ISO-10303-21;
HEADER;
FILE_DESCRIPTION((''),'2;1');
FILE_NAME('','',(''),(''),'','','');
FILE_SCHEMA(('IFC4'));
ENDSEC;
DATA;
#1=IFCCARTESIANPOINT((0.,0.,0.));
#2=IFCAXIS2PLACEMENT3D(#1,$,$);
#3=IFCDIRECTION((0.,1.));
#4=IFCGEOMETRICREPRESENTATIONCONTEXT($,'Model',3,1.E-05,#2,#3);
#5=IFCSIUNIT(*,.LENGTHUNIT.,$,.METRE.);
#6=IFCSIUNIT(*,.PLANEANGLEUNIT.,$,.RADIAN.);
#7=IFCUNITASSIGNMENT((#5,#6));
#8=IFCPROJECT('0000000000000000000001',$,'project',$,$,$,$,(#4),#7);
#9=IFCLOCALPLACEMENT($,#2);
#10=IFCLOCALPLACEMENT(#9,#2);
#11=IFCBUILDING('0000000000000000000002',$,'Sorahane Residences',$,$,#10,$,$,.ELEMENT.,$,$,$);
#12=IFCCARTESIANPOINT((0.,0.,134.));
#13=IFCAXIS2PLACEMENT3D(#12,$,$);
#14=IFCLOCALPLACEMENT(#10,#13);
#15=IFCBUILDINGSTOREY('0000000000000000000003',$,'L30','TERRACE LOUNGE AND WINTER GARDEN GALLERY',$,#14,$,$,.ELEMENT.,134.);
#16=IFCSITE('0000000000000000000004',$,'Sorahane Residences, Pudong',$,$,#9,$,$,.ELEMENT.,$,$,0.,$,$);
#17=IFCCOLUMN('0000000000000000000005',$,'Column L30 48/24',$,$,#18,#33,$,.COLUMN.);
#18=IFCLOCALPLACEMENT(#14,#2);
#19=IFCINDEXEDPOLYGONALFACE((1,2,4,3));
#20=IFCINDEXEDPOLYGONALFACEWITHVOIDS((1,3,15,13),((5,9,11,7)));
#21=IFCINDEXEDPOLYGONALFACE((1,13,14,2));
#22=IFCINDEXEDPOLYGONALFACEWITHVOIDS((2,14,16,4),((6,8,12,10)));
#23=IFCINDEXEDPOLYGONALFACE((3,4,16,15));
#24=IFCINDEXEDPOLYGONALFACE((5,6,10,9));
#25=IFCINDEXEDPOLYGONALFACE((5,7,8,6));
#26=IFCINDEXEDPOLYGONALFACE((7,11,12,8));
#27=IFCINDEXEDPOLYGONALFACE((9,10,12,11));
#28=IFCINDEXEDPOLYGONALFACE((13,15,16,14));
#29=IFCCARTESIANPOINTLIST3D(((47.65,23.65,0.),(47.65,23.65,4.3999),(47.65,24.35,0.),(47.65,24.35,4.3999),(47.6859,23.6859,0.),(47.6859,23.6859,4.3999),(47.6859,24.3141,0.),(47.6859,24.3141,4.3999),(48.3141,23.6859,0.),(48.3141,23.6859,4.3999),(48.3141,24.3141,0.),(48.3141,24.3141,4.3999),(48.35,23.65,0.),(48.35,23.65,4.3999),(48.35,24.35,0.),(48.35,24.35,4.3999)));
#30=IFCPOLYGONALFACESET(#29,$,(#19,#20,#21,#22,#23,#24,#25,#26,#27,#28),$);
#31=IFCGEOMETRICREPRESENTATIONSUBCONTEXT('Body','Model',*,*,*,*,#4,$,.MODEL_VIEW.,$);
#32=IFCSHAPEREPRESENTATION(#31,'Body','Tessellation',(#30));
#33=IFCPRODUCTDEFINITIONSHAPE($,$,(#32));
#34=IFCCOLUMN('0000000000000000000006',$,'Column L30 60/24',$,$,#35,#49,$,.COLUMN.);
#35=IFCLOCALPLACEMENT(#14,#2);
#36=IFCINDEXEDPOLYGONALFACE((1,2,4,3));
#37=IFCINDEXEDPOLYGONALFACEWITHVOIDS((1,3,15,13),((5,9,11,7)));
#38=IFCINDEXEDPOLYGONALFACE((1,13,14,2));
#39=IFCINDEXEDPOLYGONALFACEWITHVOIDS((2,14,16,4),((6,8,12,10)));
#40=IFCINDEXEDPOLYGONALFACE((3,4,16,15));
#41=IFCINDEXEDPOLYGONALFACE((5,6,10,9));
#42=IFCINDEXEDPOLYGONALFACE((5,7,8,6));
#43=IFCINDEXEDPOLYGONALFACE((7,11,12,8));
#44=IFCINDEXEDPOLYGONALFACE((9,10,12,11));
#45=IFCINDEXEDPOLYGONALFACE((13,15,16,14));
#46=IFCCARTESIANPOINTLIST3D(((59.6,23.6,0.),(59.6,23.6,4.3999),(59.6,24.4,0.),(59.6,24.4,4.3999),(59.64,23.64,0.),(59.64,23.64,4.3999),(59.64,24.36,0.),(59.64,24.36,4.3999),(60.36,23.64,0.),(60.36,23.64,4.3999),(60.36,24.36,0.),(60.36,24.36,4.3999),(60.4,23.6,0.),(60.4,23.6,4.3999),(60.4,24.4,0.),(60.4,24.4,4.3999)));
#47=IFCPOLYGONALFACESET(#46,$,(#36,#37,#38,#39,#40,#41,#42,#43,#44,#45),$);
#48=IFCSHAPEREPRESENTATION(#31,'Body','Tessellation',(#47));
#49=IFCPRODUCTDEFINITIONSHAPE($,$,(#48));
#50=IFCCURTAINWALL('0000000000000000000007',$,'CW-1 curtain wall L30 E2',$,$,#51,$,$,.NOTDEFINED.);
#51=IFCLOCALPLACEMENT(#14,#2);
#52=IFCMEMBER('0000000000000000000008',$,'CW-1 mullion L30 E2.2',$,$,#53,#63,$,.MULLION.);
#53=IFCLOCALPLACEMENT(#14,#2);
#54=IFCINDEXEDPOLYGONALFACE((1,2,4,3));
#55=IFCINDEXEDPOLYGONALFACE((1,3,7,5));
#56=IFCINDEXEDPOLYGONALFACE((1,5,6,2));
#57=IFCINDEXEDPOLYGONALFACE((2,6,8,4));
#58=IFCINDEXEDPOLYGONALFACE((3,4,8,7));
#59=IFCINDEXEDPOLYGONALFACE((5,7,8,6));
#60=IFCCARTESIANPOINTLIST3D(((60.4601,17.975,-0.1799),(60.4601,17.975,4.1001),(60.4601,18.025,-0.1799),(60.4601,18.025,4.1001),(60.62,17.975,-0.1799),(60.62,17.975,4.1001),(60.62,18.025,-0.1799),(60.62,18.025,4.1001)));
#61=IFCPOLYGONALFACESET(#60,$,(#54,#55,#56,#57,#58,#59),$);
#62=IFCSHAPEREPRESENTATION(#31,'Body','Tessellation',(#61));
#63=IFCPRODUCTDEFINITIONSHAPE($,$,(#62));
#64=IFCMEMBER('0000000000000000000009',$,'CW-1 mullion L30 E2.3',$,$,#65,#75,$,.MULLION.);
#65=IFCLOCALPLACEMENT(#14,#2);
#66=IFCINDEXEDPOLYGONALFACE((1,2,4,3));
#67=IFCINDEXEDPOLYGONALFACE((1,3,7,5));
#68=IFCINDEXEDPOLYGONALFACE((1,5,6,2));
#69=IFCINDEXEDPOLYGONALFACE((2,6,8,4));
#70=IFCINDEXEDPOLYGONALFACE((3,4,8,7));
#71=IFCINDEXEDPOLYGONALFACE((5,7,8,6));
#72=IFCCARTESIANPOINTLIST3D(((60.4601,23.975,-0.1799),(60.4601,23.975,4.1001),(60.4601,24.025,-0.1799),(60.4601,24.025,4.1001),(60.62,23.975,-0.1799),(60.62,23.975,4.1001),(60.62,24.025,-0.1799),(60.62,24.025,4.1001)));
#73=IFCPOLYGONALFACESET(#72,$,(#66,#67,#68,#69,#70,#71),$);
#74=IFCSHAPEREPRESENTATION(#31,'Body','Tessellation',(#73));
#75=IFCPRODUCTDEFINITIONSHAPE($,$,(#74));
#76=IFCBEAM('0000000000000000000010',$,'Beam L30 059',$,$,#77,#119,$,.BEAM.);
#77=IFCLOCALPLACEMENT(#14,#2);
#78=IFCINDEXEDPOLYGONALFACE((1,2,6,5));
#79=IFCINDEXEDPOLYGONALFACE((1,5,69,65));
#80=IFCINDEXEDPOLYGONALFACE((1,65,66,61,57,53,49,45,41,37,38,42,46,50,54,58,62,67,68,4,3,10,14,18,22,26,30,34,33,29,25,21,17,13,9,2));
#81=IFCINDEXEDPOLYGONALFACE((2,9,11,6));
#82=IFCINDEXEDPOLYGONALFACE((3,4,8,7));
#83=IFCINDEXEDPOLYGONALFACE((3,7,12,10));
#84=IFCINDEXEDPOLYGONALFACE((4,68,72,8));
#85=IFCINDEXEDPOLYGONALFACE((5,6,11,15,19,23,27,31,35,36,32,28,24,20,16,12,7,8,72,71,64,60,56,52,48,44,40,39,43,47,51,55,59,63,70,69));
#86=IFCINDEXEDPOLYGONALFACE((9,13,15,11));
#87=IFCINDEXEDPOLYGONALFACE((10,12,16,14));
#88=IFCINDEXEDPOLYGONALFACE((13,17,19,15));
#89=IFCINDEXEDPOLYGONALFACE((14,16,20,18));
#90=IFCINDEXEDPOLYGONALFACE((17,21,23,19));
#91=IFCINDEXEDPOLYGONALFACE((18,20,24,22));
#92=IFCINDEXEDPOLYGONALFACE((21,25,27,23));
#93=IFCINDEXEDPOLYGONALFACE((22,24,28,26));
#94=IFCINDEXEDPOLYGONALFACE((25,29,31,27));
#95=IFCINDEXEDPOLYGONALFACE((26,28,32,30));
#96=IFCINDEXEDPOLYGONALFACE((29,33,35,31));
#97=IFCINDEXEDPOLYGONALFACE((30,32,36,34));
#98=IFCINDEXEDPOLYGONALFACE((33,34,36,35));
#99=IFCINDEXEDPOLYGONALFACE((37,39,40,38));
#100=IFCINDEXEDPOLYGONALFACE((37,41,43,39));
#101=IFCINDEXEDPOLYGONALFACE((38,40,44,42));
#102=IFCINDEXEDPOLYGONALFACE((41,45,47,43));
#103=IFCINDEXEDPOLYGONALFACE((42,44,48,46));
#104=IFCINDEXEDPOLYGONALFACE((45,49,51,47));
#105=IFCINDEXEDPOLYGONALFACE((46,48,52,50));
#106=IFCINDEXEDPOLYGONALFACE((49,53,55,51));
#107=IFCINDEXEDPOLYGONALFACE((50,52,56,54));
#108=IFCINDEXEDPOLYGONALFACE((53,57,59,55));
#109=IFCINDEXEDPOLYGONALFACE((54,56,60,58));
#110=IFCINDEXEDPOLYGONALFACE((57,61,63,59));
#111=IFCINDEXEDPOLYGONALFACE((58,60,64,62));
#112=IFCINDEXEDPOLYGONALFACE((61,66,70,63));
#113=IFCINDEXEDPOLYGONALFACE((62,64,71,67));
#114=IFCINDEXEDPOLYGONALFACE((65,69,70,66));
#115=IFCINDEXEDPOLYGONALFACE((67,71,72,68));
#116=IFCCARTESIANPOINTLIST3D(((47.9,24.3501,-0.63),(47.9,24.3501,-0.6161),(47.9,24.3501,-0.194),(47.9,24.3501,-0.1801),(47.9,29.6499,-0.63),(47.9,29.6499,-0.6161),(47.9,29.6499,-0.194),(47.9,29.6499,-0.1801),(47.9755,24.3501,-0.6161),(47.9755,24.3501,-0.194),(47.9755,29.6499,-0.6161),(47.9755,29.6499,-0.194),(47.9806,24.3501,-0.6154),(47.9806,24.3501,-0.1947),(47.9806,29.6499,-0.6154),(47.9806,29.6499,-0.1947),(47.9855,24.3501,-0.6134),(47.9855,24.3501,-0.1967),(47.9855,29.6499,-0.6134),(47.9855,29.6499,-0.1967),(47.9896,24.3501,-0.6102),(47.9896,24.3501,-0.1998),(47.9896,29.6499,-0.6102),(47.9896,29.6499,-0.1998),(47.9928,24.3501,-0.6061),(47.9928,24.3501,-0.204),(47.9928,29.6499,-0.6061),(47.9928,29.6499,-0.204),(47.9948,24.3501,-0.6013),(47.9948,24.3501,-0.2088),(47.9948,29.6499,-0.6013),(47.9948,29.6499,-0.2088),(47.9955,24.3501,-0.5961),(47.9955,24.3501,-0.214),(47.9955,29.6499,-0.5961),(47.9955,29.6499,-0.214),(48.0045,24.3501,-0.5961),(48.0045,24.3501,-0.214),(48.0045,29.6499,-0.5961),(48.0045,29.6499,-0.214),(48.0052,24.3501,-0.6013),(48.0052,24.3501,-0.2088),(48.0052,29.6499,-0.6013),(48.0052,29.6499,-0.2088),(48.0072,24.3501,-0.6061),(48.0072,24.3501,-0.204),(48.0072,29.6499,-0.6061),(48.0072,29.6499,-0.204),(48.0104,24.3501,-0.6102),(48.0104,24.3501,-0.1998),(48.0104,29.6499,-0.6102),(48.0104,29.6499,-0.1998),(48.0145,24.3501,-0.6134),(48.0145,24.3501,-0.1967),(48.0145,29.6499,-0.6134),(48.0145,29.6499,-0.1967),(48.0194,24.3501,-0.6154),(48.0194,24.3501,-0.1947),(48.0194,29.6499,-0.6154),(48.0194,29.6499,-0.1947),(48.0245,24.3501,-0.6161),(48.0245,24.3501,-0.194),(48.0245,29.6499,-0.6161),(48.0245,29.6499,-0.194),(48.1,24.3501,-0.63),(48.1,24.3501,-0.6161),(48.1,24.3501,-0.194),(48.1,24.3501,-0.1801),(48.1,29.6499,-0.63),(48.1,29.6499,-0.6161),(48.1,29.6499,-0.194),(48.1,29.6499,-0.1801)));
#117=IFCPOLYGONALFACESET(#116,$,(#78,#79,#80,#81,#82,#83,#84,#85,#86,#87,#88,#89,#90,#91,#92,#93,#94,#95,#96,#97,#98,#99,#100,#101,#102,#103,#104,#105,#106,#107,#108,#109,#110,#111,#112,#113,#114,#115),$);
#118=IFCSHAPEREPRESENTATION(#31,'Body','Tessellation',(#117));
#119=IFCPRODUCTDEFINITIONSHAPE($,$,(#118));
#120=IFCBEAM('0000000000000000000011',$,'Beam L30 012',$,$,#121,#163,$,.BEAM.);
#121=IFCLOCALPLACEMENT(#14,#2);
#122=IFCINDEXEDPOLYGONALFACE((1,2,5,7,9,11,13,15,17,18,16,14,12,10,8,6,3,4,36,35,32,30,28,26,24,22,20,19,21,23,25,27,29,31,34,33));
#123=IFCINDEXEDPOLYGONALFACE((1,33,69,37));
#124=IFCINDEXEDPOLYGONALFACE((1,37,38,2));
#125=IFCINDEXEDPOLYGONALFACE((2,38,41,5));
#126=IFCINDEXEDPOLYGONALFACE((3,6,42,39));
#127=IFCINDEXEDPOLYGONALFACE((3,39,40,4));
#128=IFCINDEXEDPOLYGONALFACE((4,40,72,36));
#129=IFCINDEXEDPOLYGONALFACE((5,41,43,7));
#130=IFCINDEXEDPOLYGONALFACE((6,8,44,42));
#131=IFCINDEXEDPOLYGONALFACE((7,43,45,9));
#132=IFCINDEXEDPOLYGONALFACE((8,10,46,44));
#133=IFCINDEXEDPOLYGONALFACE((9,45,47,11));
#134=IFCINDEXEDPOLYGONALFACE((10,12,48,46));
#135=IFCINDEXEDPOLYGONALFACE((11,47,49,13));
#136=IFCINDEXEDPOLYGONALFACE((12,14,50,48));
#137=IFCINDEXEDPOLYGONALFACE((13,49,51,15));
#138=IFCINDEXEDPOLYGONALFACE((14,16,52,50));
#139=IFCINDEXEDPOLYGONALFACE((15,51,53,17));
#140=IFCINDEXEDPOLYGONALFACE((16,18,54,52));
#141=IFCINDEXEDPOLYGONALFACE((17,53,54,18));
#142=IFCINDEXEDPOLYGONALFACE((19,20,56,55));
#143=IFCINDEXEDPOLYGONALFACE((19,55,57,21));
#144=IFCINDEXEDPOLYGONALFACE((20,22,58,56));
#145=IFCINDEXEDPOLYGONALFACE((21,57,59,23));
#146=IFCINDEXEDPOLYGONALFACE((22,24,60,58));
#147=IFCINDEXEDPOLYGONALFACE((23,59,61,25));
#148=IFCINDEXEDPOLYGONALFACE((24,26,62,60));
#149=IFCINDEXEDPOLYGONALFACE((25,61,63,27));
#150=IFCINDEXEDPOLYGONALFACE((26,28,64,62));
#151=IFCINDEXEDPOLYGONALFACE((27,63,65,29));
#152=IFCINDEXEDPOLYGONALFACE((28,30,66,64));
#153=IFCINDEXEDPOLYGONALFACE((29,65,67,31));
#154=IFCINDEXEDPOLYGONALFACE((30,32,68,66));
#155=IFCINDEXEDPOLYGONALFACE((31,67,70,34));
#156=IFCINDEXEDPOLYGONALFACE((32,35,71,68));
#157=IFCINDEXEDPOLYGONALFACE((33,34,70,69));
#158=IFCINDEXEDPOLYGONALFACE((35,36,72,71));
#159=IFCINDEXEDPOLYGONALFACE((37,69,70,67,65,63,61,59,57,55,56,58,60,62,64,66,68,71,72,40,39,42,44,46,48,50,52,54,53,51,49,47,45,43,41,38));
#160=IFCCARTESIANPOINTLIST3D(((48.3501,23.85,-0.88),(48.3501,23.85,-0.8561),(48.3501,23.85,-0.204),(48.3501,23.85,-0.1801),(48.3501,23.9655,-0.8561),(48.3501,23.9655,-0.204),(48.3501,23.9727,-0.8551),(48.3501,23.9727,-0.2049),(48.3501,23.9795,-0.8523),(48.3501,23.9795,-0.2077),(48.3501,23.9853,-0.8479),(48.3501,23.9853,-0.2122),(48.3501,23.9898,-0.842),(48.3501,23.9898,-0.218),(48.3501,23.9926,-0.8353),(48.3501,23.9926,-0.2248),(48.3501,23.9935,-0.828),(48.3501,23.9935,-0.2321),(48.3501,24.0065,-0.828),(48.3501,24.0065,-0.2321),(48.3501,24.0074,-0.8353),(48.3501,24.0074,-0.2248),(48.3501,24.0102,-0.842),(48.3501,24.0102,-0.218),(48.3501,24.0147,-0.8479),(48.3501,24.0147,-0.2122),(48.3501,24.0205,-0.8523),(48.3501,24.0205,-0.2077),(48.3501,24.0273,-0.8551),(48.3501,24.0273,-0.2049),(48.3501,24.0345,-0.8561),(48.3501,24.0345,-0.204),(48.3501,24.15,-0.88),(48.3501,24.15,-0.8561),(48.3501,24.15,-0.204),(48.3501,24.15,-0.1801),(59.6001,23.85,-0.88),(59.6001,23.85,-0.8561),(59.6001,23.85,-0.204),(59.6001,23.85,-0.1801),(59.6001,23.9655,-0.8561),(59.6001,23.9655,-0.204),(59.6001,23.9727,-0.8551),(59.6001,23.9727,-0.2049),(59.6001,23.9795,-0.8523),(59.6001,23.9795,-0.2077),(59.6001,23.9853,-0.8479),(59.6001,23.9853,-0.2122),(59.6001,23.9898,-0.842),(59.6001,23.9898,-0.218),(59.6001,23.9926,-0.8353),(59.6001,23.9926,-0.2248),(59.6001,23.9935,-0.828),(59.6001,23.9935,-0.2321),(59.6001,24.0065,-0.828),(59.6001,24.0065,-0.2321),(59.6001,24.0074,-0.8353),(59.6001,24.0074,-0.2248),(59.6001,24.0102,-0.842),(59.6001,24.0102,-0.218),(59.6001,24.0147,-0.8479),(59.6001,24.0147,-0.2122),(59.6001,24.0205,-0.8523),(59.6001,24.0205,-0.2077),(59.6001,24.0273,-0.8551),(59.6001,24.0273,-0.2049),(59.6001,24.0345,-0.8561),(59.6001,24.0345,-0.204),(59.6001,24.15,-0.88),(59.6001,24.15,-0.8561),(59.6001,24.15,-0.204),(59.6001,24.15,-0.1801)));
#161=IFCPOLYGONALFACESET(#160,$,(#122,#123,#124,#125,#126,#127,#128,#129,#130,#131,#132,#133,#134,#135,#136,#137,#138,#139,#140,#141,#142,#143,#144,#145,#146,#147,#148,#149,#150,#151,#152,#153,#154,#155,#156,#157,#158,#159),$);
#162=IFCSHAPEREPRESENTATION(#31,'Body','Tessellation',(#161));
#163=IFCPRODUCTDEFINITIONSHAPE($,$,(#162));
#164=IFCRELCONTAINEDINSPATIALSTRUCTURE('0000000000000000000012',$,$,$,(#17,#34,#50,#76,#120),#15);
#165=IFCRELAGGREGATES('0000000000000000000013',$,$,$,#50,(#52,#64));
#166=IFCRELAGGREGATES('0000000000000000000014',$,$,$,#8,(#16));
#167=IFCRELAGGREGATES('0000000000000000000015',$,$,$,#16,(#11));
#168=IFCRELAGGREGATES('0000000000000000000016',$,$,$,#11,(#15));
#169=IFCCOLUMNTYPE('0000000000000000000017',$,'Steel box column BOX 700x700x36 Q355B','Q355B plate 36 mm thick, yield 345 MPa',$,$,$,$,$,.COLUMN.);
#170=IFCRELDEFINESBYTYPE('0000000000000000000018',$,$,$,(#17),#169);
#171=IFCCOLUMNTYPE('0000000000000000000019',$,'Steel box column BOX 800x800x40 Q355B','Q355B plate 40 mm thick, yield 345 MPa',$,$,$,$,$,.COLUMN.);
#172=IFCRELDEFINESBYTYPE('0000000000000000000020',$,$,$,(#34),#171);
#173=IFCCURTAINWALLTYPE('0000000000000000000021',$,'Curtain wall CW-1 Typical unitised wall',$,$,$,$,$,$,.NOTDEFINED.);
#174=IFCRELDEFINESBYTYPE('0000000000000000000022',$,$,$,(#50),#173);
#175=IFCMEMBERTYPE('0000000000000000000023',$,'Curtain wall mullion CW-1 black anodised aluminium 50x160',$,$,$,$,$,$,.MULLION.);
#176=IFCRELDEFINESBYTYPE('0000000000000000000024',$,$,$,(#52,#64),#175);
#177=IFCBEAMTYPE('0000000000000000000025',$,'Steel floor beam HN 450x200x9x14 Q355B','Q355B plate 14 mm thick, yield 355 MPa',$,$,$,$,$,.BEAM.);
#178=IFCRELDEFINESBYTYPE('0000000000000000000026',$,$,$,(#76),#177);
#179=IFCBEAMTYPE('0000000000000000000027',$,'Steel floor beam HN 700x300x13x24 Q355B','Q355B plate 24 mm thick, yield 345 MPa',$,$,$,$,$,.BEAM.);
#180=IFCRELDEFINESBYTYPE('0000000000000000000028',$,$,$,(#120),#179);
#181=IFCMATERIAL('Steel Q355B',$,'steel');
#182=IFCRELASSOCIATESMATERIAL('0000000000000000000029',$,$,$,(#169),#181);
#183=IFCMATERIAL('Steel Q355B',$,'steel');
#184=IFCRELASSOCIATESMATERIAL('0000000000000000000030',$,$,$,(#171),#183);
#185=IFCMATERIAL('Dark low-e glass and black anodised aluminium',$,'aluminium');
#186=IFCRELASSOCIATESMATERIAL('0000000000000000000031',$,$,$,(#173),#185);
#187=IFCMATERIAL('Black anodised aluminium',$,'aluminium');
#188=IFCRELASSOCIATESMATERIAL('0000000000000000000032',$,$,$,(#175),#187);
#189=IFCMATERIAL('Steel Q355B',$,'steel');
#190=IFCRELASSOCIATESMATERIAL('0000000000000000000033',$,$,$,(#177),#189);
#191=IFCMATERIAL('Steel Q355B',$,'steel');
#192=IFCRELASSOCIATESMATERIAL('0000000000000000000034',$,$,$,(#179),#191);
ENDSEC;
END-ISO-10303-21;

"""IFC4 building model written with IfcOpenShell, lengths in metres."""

from ifc_helpers import new_model, si_unit, direction, frame, origin, origin_2d, place, context, subcontext, project, spatial, rectangle, hollow_rectangle, i_section, extrude, material, material_profile, profile_set, type_object, element, aggregate, save


model = new_model("IFC4")

# Units and contexts
model_context = context("Model", 3, precision=1e-05, world=origin(), true_north=direction((0.0, 1.0)))
body_context = subcontext(model_context, "Body", "Model", "MODEL_VIEW")
ifc_project = project(units=[si_unit("LENGTHUNIT", "METRE"), si_unit("PLANEANGLEUNIT", "RADIAN")], contexts=[model_context])

# Site, building, storey
site_placement = place(None, origin())
site = spatial("IfcSite", under=ifc_project, at=site_placement, Name="Sorahane Residences, Pudong", CompositionType="ELEMENT", RefElevation=0.0)
building_placement = place(site_placement, origin())
building = spatial("IfcBuilding", under=site, at=building_placement, Name="Sorahane Residences", CompositionType="ELEMENT")
storey_placement = place(building_placement, frame((0.0, 0.0, 134.0)))
storey = spatial("IfcBuildingStorey", under=building, at=storey_placement, Name="L30", Description="TERRACE LOUNGE AND WINTER GARDEN GALLERY", CompositionType="ELEMENT", Elevation=134.0)

# Columns
ifc_material_1 = material(Name="Steel Q355B", Category="steel")
ifc_material_profile_1 = material_profile(ifc_material_1, hollow_rectangle(XDim=0.7, YDim=0.7, WallThickness=0.0359, at=origin_2d()), Name="BOX 700x700x36")
ifc_profile_set_1 = profile_set([ifc_material_profile_1], Name="Steel Q355B")
column_type_1 = type_object("IfcColumnType", Name="Steel box column BOX 700x700x36 Q355B", Description="Q355B plate 36 mm thick, yield 345 MPa", PredefinedType="COLUMN", material=ifc_profile_set_1)
column_1_placement = place(storey_placement, frame((48.0, 24.0, 0.0), z_axis=(0.0, 0.0, 1.0), x_axis=(1.0, 0.0, 0.0)))
element("IfcColumn", 1, at=column_1_placement, inside=storey, type_object=column_type_1, Name="Column L30 48/24", PredefinedType="COLUMN", context=body_context, shape_type="SweptSolid", body=[
    extrude(hollow_rectangle(XDim=0.7, YDim=0.7, WallThickness=0.0359, at=origin_2d()), origin(), (0.0, 0.0, 1.0), 4.3999),
])
ifc_material_2 = material(Name="Steel Q355B", Category="steel")
ifc_material_profile_2 = material_profile(ifc_material_2, hollow_rectangle(XDim=0.8, YDim=0.8, WallThickness=0.04, at=origin_2d()), Name="BOX 800x800x40")
ifc_profile_set_2 = profile_set([ifc_material_profile_2], Name="Steel Q355B")
column_type_2 = type_object("IfcColumnType", Name="Steel box column BOX 800x800x40 Q355B", Description="Q355B plate 40 mm thick, yield 345 MPa", PredefinedType="COLUMN", material=ifc_profile_set_2)
column_2_placement = place(storey_placement, frame((60.0, 24.0, 0.0), z_axis=(0.0, 0.0, 1.0), x_axis=(1.0, 0.0, 0.0)))
element("IfcColumn", 2, at=column_2_placement, inside=storey, type_object=column_type_2, Name="Column L30 60/24", PredefinedType="COLUMN", context=body_context, shape_type="SweptSolid", body=[
    extrude(hollow_rectangle(XDim=0.8, YDim=0.8, WallThickness=0.04, at=origin_2d()), origin(), (0.0, 0.0, 1.0), 4.3999),
])

# Curtain wall, members
ifc_material_3 = material(Name="Dark low-e glass and black anodised aluminium", Category="aluminium")
curtain_wall_type = type_object("IfcCurtainWallType", Name="Curtain wall CW-1 Typical unitised wall", PredefinedType="NOTDEFINED", material=ifc_material_3)
curtain_wall_placement = place(storey_placement, origin())
curtain_wall = element("IfcCurtainWall", 3, at=curtain_wall_placement, inside=storey, type_object=curtain_wall_type, Name="CW-1 curtain wall L30 E2", PredefinedType="NOTDEFINED")
ifc_material_4 = material(Name="Black anodised aluminium", Category="aluminium")
ifc_material_profile_3 = material_profile(ifc_material_4, rectangle(XDim=0.1599, YDim=0.05, at=origin_2d()), Name="Curtain wall mullion CW-1 black anodised aluminium 50x160")
ifc_profile_set_3 = profile_set([ifc_material_profile_3], Name="Black anodised aluminium")
member_type = type_object("IfcMemberType", Name="Curtain wall mullion CW-1 black anodised aluminium 50x160", PredefinedType="MULLION", material=ifc_profile_set_3)
member_1_placement = place(storey_placement, frame((60.54, 18.0, -0.1799), z_axis=(0.0, 0.0, 1.0), x_axis=(1.0, 0.0, 0.0)))
member_1 = element("IfcMember", 4, at=member_1_placement, type_object=member_type, Name="CW-1 mullion L30 E2.2", PredefinedType="MULLION", context=body_context, shape_type="SweptSolid", body=[
    extrude(rectangle(XDim=0.1599, YDim=0.05, at=origin_2d()), origin(), (0.0, 0.0, 1.0), 4.28),
])
member_2_placement = place(storey_placement, frame((60.54, 24.0, -0.1799), z_axis=(0.0, 0.0, 1.0), x_axis=(1.0, 0.0, 0.0)))
member_2 = element("IfcMember", 5, at=member_2_placement, type_object=member_type, Name="CW-1 mullion L30 E2.3", PredefinedType="MULLION", context=body_context, shape_type="SweptSolid", body=[
    extrude(rectangle(XDim=0.1599, YDim=0.05, at=origin_2d()), origin(), (0.0, 0.0, 1.0), 4.28),
])

# Beams
ifc_material_5 = material(Name="Steel Q355B", Category="steel")
ifc_material_profile_4 = material_profile(ifc_material_5, i_section(OverallWidth=0.2, OverallDepth=0.45, WebThickness=0.009, FlangeThickness=0.0139, FilletRadius=0.02, at=origin_2d()), Name="HN 450x200x9x14")
ifc_profile_set_4 = profile_set([ifc_material_profile_4], Name="Steel Q355B")
beam_type_1 = type_object("IfcBeamType", Name="Steel floor beam HN 450x200x9x14 Q355B", Description="Q355B plate 14 mm thick, yield 355 MPa", PredefinedType="BEAM", material=ifc_profile_set_4)
beam_1_placement = place(storey_placement, frame((48.0, 24.3501, -0.405), z_axis=(0.0, 1.0, 0.0), x_axis=(-1.0, 0.0, 0.0)))
element("IfcBeam", 6, at=beam_1_placement, inside=storey, type_object=beam_type_1, Name="Beam L30 059", PredefinedType="BEAM", context=body_context, shape_type="SweptSolid", body=[
    extrude(i_section(OverallWidth=0.2, OverallDepth=0.45, WebThickness=0.009, FlangeThickness=0.0139, FilletRadius=0.02, at=origin_2d()), origin(), (0.0, 0.0, 1.0), 5.2998),
])
ifc_material_6 = material(Name="Steel Q355B", Category="steel")
ifc_material_profile_5 = material_profile(ifc_material_6, i_section(OverallWidth=0.3, OverallDepth=0.7, WebThickness=0.0129, FlangeThickness=0.0239, FilletRadius=0.0281, at=origin_2d()), Name="HN 700x300x13x24")
ifc_profile_set_5 = profile_set([ifc_material_profile_5], Name="Steel Q355B")
beam_type_2 = type_object("IfcBeamType", Name="Steel floor beam HN 700x300x13x24 Q355B", Description="Q355B plate 24 mm thick, yield 345 MPa", PredefinedType="BEAM", material=ifc_profile_set_5)
beam_2_placement = place(storey_placement, frame((48.3501, 24.0, -0.53), z_axis=(1.0, 0.0, 0.0), x_axis=(0.0, 1.0, 0.0)))
element("IfcBeam", 7, at=beam_2_placement, inside=storey, type_object=beam_type_2, Name="Beam L30 012", PredefinedType="BEAM", context=body_context, shape_type="SweptSolid", body=[
    extrude(i_section(OverallWidth=0.3, OverallDepth=0.7, WebThickness=0.0129, FlangeThickness=0.0239, FilletRadius=0.0281, at=origin_2d()), origin(), (0.0, 0.0, 1.0), 11.25),
])

aggregate(curtain_wall, [member_1, member_2])

save(model, "model.ifc")
